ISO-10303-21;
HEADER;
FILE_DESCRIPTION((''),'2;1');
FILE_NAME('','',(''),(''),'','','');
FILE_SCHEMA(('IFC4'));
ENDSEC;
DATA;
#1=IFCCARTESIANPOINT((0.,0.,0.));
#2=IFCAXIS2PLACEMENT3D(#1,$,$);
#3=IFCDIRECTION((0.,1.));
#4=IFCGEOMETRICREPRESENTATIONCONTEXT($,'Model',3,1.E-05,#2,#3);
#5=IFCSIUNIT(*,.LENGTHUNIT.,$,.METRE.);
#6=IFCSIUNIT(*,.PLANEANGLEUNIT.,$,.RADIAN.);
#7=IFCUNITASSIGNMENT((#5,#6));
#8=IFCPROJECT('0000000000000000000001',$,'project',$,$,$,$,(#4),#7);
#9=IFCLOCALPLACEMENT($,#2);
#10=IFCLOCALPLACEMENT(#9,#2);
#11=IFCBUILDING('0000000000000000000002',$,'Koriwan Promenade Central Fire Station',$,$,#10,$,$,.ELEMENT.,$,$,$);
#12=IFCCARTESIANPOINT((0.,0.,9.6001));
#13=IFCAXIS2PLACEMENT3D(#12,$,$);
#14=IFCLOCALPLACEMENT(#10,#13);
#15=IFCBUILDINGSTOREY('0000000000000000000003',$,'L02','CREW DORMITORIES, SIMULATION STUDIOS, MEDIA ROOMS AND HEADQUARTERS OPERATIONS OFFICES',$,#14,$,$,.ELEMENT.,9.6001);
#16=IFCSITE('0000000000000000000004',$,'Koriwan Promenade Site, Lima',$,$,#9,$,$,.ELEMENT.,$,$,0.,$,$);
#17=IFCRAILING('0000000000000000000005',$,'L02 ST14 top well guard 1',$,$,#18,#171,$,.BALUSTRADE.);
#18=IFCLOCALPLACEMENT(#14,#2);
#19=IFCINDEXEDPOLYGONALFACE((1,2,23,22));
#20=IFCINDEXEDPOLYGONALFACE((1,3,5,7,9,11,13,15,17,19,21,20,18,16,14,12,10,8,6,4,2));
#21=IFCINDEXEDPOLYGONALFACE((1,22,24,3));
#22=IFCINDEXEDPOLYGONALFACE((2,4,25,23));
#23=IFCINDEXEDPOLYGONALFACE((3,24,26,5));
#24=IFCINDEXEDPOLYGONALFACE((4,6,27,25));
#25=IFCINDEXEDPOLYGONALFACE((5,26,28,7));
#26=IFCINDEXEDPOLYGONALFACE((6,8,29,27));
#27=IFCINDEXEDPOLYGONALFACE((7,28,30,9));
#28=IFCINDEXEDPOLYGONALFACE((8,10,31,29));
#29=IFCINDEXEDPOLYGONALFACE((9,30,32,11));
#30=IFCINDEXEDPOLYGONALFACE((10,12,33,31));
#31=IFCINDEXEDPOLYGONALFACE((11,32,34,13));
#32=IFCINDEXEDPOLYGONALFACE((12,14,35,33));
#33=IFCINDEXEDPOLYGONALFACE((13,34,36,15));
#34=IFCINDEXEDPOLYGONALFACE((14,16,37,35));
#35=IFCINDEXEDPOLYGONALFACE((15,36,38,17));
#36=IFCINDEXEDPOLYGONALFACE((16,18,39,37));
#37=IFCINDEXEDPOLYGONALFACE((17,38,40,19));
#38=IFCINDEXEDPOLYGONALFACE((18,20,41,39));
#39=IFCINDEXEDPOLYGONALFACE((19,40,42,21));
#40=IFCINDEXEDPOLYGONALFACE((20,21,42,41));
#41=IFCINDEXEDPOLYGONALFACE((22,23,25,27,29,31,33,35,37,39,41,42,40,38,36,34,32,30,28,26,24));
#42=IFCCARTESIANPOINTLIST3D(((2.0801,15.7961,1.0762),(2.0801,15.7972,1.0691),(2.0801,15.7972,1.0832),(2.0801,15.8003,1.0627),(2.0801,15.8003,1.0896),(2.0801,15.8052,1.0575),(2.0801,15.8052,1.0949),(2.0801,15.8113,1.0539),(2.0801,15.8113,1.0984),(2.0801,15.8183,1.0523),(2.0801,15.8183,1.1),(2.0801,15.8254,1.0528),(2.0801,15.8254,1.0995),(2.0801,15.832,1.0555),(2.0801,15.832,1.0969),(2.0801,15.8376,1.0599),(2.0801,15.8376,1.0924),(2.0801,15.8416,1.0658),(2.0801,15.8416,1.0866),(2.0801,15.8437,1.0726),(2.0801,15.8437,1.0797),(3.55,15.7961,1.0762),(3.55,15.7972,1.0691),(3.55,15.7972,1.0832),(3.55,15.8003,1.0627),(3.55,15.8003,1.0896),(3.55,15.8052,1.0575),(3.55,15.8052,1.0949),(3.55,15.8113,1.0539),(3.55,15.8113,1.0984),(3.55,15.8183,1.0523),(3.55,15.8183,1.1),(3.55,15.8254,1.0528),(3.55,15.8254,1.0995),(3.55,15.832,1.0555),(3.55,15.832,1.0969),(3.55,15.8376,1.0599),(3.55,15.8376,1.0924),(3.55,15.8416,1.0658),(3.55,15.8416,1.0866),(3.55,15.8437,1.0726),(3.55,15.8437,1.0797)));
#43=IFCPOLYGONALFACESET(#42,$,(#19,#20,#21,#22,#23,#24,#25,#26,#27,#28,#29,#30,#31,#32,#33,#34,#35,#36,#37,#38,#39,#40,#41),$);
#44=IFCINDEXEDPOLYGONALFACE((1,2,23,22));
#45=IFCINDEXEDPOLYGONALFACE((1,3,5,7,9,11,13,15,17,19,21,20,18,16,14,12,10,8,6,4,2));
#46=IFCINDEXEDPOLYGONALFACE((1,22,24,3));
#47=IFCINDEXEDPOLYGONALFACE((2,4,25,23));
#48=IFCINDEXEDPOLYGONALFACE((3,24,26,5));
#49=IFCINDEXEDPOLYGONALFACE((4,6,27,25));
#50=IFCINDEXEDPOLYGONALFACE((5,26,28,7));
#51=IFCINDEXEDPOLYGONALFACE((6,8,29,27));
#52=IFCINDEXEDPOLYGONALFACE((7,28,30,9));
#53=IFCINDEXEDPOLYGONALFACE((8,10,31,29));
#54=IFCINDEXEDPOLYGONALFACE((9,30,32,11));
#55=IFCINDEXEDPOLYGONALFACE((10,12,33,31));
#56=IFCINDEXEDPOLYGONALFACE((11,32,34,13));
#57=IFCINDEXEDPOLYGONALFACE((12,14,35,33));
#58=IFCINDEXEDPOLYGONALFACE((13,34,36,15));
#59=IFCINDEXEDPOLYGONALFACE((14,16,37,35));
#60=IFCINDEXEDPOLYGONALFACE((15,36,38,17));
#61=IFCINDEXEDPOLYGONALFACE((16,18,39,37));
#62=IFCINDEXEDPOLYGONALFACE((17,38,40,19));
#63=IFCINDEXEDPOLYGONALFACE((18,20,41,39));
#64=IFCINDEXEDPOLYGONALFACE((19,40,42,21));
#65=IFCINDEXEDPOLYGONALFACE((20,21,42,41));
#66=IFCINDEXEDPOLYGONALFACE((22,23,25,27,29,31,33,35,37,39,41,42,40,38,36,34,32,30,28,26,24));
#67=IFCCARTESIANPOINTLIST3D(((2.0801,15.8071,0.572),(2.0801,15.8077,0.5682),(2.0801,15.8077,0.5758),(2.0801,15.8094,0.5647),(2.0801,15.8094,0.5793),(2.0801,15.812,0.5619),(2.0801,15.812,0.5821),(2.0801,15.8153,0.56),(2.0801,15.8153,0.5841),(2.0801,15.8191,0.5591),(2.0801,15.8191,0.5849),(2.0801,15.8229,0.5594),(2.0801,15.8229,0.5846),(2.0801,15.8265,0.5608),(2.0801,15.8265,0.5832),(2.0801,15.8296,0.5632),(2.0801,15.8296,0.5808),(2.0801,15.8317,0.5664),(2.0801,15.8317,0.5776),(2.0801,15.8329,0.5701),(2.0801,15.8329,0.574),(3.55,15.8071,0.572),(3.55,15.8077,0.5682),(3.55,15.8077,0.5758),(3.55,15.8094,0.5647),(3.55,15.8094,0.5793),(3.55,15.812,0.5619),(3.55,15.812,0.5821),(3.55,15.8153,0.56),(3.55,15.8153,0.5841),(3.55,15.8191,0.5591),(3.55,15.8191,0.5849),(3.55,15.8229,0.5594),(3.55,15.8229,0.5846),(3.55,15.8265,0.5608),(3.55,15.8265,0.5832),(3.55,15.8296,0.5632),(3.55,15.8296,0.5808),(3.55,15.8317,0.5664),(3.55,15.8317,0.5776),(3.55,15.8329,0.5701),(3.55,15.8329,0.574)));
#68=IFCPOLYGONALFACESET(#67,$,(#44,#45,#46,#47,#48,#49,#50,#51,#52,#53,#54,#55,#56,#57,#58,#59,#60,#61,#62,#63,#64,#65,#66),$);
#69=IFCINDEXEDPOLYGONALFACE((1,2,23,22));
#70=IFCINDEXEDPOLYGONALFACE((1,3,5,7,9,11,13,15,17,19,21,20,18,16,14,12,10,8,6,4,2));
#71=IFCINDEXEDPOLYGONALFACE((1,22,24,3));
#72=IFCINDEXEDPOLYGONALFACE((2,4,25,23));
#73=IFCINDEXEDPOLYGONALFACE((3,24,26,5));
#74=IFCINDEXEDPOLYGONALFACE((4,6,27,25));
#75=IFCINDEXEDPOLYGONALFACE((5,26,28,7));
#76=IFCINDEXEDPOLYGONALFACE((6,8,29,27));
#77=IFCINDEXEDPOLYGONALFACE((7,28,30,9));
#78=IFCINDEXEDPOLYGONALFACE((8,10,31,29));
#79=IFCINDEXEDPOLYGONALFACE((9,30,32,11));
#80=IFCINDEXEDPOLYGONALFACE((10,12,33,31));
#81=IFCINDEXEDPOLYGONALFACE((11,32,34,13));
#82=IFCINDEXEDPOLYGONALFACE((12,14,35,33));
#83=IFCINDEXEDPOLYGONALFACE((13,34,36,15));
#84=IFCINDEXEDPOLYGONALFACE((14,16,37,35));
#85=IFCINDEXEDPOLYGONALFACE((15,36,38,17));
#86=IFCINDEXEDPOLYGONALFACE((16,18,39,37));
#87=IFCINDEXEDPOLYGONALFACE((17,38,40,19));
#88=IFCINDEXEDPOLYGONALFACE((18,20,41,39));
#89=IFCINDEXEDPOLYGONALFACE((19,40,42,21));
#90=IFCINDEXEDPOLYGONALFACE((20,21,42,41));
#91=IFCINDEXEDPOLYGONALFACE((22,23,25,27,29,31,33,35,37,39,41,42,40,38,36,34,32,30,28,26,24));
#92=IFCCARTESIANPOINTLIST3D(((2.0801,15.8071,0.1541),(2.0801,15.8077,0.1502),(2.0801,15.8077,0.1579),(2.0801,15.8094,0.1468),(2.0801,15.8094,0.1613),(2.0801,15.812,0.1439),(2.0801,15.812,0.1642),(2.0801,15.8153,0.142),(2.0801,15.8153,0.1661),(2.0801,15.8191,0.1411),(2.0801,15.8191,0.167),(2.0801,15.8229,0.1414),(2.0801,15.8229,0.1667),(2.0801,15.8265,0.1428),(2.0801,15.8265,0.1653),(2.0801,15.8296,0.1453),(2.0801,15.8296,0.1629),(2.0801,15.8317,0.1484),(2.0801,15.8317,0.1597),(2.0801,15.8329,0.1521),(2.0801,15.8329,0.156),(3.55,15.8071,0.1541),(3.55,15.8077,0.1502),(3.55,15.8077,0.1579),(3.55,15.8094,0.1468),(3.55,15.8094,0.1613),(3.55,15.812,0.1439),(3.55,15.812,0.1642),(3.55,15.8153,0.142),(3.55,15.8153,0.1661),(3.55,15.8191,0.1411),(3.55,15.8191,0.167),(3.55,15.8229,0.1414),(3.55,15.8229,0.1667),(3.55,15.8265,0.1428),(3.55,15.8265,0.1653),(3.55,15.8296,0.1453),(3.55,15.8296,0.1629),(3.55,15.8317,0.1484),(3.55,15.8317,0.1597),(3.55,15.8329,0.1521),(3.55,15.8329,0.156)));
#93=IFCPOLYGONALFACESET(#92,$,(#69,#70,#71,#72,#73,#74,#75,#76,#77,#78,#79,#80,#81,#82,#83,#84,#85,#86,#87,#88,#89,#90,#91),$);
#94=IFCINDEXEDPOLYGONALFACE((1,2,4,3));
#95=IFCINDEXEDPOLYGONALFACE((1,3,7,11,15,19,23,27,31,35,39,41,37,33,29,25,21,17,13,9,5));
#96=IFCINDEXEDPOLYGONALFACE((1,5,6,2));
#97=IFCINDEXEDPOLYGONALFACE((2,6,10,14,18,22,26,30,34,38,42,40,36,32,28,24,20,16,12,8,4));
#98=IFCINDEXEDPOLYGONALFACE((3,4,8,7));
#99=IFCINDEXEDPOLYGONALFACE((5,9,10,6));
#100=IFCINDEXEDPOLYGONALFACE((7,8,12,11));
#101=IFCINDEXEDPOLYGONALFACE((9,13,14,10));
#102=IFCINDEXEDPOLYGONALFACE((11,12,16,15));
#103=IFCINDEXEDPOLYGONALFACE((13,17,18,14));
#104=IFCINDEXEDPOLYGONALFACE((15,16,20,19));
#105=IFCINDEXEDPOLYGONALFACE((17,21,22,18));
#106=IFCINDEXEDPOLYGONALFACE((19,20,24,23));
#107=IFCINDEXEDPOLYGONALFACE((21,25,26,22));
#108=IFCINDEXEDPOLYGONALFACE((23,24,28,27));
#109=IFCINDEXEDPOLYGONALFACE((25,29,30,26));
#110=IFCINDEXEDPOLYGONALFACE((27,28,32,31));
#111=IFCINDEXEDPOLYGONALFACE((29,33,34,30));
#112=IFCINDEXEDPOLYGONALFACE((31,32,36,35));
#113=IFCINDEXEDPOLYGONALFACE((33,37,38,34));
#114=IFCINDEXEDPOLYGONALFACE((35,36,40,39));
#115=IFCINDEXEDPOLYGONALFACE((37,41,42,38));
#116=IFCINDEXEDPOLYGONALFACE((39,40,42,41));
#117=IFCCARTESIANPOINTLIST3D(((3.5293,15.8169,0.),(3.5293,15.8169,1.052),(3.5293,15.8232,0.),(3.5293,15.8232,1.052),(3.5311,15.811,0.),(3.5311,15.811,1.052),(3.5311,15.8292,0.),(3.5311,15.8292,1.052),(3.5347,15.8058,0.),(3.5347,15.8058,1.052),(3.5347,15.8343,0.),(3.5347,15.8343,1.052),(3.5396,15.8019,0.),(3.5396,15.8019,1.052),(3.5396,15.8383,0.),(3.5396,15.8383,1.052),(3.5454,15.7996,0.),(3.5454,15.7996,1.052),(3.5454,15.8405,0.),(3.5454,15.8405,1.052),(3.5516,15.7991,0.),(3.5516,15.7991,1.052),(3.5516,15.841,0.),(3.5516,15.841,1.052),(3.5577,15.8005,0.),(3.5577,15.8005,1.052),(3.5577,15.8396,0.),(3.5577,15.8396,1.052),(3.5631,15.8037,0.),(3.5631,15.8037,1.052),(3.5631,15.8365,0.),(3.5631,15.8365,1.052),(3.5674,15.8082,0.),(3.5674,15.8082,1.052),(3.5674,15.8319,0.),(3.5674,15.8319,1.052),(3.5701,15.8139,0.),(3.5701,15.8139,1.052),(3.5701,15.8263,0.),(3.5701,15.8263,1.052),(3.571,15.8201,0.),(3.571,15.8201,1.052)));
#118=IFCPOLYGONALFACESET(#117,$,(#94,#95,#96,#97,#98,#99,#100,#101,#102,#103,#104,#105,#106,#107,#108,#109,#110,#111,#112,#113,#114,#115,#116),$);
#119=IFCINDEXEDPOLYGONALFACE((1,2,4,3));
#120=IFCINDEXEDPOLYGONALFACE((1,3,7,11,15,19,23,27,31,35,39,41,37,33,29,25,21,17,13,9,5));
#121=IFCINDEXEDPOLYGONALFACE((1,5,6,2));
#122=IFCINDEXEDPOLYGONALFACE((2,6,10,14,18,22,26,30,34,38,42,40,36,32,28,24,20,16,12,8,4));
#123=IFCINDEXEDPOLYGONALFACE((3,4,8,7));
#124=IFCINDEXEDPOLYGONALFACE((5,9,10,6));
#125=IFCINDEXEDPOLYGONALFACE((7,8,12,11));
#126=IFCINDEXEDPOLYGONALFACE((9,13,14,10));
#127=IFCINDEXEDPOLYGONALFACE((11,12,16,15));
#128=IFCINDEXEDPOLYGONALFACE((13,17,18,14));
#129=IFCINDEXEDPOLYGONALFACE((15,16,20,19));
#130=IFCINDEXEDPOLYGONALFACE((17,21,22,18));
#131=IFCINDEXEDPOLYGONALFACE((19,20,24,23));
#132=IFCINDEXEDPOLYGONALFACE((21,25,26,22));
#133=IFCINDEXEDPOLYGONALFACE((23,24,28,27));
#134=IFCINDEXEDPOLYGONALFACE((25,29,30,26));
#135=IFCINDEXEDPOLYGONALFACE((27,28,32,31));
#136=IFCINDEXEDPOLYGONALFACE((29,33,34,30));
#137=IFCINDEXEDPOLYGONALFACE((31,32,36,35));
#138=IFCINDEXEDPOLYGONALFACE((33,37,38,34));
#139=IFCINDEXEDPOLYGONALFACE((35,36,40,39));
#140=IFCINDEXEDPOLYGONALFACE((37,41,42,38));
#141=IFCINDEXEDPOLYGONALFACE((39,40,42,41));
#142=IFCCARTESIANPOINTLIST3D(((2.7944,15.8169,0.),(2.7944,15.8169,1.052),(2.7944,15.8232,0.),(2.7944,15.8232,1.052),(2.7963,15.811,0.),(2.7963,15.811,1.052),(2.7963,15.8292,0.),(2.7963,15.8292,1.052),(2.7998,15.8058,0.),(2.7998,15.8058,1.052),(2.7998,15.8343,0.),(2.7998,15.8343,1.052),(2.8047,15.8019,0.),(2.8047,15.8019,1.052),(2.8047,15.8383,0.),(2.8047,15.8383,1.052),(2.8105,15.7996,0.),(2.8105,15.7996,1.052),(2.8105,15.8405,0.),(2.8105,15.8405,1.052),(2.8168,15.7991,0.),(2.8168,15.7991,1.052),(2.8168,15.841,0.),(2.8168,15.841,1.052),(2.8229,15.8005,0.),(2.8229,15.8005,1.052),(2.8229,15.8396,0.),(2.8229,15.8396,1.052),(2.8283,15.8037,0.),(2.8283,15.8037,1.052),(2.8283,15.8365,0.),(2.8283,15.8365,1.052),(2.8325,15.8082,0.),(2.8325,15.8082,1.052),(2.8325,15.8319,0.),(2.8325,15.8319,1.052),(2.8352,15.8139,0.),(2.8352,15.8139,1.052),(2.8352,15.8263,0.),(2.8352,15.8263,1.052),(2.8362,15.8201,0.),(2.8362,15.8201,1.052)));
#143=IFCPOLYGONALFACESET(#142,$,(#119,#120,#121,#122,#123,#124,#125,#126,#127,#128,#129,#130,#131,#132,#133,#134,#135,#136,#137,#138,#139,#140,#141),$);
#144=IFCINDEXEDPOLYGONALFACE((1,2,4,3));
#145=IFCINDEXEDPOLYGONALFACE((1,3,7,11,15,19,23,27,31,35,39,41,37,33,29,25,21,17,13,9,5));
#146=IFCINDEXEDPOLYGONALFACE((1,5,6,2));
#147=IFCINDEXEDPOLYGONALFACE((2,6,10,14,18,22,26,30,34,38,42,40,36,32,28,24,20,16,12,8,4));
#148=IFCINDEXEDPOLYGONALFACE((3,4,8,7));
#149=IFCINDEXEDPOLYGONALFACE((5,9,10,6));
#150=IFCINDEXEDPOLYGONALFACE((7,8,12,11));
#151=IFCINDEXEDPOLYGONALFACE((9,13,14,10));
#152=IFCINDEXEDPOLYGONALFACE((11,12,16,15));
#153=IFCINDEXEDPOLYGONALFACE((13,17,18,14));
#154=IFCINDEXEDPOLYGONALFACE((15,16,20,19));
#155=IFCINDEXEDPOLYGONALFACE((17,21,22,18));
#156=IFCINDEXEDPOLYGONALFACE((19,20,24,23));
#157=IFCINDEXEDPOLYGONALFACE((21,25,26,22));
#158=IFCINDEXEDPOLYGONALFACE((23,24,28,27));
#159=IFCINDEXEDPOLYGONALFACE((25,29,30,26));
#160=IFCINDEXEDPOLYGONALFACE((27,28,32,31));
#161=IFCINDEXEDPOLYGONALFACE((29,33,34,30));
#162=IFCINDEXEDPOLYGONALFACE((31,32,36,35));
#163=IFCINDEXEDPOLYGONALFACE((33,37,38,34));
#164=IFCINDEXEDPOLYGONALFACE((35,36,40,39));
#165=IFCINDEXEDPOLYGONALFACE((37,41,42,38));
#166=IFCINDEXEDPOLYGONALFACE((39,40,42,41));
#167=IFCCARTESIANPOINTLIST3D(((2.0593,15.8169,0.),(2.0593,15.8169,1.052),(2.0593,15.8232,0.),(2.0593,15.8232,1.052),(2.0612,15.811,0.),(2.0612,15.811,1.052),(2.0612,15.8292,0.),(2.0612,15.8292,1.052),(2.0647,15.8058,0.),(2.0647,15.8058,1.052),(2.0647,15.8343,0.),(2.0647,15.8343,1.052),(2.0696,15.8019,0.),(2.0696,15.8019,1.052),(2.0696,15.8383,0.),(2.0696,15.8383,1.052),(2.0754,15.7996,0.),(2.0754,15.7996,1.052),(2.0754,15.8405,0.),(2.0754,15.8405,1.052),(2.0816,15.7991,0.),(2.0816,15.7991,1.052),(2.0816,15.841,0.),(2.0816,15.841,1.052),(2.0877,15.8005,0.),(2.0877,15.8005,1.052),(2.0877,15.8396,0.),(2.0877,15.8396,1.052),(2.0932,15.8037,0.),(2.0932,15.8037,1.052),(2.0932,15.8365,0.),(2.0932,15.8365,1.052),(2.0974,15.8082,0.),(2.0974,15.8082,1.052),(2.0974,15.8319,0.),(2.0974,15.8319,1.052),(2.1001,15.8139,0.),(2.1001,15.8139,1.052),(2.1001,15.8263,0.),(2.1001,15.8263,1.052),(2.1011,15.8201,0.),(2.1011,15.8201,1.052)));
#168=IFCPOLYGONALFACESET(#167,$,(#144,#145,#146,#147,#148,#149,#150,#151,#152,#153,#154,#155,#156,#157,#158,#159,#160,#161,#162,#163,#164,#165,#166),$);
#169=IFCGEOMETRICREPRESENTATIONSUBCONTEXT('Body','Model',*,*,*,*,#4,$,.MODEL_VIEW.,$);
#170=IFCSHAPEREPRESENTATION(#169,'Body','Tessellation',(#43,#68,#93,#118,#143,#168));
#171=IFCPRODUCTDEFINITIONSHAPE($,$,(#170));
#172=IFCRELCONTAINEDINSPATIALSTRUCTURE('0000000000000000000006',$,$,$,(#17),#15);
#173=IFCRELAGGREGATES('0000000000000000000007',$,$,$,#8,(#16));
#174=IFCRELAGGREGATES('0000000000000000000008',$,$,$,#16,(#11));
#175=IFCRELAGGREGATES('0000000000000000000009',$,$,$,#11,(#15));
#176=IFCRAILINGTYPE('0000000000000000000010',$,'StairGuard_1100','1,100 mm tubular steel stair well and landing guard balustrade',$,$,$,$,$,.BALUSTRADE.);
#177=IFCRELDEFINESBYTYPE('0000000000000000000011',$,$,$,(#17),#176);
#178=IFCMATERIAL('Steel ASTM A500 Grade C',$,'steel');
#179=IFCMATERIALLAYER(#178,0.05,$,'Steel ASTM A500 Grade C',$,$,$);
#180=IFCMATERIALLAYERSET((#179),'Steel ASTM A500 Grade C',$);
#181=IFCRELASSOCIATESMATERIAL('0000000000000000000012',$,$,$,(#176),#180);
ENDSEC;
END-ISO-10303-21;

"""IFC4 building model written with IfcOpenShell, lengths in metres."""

from ifc_helpers import new_model, si_unit, direction, frame, origin, origin_2d, place, context, subcontext, project, spatial, circle, extrude, material, layer, layer_set, type_object, element, save


model = new_model("IFC4")

# Units and contexts
model_context = context("Model", 3, precision=1e-05, world=origin(), true_north=direction((0.0, 1.0)))
body_context = subcontext(model_context, "Body", "Model", "MODEL_VIEW")
ifc_project = project(units=[si_unit("LENGTHUNIT", "METRE"), si_unit("PLANEANGLEUNIT", "RADIAN")], contexts=[model_context])

# Site, building, storey
site_placement = place(None, origin())
site = spatial("IfcSite", under=ifc_project, at=site_placement, Name="Koriwan Promenade Site, Lima", CompositionType="ELEMENT", RefElevation=0.0)
building_placement = place(site_placement, origin())
building = spatial("IfcBuilding", under=site, at=building_placement, Name="Koriwan Promenade Central Fire Station", CompositionType="ELEMENT")
storey_placement = place(building_placement, frame((0.0, 0.0, 9.6001)))
storey = spatial("IfcBuildingStorey", under=building, at=storey_placement, Name="L02", Description="CREW DORMITORIES, SIMULATION STUDIOS, MEDIA ROOMS AND HEADQUARTERS OPERATIONS OFFICES", CompositionType="ELEMENT", Elevation=9.6001)

# Railing
ifc_material_1 = material(Name="Steel ASTM A500 Grade C", Category="steel")
ifc_layer_1 = layer(ifc_material_1, 0.05, Name="Steel ASTM A500 Grade C")
ifc_layer_set_1 = layer_set([ifc_layer_1], Name="Steel ASTM A500 Grade C")
railing_type = type_object("IfcRailingType", Name="StairGuard_1100", Description="1,100 mm tubular steel stair well and landing guard balustrade", PredefinedType="BALUSTRADE", material=ifc_layer_set_1)
for number, where, name in (
    (1, (3.55, 15.8201, 0.0), "L02 ST14 top well guard 1"),
):
    element("IfcRailing", number, at=place(storey_placement, frame(where)), inside=storey, type_object=railing_type, Name=name, PredefinedType="BALUSTRADE", context=body_context, shape_type="SweptSolid", body=[
        extrude(circle(Radius=0.0239, at=origin_2d()), frame((0.0, 0.0, 1.0762), z_axis=(-1.0, 0.0, 0.0), x_axis=(0.0, -1.0, 0.0)), (0.0, 0.0, 1.0), 1.47),
        extrude(circle(Radius=0.0129, at=origin_2d()), frame((0.0, 0.0, 0.572), z_axis=(-1.0, 0.0, 0.0), x_axis=(0.0, -1.0, 0.0)), (0.0, 0.0, 1.0), 1.47),
        extrude(circle(Radius=0.0129, at=origin_2d()), frame((0.0, 0.0, 0.1541), z_axis=(-1.0, 0.0, 0.0), x_axis=(0.0, -1.0, 0.0)), (0.0, 0.0, 1.0), 1.47),
        extrude(circle(Radius=0.021, at=origin_2d()), origin(), (0.0, 0.0, 1.0), 1.052),
        extrude(circle(Radius=0.021, at=origin_2d()), frame((-0.7349, 0.0, 0.0)), (0.0, 0.0, 1.0), 1.052),
        extrude(circle(Radius=0.021, at=origin_2d()), frame((-1.47, 0.0, 0.0)), (0.0, 0.0, 1.0), 1.052),
    ])

save(model, "model.ifc")
